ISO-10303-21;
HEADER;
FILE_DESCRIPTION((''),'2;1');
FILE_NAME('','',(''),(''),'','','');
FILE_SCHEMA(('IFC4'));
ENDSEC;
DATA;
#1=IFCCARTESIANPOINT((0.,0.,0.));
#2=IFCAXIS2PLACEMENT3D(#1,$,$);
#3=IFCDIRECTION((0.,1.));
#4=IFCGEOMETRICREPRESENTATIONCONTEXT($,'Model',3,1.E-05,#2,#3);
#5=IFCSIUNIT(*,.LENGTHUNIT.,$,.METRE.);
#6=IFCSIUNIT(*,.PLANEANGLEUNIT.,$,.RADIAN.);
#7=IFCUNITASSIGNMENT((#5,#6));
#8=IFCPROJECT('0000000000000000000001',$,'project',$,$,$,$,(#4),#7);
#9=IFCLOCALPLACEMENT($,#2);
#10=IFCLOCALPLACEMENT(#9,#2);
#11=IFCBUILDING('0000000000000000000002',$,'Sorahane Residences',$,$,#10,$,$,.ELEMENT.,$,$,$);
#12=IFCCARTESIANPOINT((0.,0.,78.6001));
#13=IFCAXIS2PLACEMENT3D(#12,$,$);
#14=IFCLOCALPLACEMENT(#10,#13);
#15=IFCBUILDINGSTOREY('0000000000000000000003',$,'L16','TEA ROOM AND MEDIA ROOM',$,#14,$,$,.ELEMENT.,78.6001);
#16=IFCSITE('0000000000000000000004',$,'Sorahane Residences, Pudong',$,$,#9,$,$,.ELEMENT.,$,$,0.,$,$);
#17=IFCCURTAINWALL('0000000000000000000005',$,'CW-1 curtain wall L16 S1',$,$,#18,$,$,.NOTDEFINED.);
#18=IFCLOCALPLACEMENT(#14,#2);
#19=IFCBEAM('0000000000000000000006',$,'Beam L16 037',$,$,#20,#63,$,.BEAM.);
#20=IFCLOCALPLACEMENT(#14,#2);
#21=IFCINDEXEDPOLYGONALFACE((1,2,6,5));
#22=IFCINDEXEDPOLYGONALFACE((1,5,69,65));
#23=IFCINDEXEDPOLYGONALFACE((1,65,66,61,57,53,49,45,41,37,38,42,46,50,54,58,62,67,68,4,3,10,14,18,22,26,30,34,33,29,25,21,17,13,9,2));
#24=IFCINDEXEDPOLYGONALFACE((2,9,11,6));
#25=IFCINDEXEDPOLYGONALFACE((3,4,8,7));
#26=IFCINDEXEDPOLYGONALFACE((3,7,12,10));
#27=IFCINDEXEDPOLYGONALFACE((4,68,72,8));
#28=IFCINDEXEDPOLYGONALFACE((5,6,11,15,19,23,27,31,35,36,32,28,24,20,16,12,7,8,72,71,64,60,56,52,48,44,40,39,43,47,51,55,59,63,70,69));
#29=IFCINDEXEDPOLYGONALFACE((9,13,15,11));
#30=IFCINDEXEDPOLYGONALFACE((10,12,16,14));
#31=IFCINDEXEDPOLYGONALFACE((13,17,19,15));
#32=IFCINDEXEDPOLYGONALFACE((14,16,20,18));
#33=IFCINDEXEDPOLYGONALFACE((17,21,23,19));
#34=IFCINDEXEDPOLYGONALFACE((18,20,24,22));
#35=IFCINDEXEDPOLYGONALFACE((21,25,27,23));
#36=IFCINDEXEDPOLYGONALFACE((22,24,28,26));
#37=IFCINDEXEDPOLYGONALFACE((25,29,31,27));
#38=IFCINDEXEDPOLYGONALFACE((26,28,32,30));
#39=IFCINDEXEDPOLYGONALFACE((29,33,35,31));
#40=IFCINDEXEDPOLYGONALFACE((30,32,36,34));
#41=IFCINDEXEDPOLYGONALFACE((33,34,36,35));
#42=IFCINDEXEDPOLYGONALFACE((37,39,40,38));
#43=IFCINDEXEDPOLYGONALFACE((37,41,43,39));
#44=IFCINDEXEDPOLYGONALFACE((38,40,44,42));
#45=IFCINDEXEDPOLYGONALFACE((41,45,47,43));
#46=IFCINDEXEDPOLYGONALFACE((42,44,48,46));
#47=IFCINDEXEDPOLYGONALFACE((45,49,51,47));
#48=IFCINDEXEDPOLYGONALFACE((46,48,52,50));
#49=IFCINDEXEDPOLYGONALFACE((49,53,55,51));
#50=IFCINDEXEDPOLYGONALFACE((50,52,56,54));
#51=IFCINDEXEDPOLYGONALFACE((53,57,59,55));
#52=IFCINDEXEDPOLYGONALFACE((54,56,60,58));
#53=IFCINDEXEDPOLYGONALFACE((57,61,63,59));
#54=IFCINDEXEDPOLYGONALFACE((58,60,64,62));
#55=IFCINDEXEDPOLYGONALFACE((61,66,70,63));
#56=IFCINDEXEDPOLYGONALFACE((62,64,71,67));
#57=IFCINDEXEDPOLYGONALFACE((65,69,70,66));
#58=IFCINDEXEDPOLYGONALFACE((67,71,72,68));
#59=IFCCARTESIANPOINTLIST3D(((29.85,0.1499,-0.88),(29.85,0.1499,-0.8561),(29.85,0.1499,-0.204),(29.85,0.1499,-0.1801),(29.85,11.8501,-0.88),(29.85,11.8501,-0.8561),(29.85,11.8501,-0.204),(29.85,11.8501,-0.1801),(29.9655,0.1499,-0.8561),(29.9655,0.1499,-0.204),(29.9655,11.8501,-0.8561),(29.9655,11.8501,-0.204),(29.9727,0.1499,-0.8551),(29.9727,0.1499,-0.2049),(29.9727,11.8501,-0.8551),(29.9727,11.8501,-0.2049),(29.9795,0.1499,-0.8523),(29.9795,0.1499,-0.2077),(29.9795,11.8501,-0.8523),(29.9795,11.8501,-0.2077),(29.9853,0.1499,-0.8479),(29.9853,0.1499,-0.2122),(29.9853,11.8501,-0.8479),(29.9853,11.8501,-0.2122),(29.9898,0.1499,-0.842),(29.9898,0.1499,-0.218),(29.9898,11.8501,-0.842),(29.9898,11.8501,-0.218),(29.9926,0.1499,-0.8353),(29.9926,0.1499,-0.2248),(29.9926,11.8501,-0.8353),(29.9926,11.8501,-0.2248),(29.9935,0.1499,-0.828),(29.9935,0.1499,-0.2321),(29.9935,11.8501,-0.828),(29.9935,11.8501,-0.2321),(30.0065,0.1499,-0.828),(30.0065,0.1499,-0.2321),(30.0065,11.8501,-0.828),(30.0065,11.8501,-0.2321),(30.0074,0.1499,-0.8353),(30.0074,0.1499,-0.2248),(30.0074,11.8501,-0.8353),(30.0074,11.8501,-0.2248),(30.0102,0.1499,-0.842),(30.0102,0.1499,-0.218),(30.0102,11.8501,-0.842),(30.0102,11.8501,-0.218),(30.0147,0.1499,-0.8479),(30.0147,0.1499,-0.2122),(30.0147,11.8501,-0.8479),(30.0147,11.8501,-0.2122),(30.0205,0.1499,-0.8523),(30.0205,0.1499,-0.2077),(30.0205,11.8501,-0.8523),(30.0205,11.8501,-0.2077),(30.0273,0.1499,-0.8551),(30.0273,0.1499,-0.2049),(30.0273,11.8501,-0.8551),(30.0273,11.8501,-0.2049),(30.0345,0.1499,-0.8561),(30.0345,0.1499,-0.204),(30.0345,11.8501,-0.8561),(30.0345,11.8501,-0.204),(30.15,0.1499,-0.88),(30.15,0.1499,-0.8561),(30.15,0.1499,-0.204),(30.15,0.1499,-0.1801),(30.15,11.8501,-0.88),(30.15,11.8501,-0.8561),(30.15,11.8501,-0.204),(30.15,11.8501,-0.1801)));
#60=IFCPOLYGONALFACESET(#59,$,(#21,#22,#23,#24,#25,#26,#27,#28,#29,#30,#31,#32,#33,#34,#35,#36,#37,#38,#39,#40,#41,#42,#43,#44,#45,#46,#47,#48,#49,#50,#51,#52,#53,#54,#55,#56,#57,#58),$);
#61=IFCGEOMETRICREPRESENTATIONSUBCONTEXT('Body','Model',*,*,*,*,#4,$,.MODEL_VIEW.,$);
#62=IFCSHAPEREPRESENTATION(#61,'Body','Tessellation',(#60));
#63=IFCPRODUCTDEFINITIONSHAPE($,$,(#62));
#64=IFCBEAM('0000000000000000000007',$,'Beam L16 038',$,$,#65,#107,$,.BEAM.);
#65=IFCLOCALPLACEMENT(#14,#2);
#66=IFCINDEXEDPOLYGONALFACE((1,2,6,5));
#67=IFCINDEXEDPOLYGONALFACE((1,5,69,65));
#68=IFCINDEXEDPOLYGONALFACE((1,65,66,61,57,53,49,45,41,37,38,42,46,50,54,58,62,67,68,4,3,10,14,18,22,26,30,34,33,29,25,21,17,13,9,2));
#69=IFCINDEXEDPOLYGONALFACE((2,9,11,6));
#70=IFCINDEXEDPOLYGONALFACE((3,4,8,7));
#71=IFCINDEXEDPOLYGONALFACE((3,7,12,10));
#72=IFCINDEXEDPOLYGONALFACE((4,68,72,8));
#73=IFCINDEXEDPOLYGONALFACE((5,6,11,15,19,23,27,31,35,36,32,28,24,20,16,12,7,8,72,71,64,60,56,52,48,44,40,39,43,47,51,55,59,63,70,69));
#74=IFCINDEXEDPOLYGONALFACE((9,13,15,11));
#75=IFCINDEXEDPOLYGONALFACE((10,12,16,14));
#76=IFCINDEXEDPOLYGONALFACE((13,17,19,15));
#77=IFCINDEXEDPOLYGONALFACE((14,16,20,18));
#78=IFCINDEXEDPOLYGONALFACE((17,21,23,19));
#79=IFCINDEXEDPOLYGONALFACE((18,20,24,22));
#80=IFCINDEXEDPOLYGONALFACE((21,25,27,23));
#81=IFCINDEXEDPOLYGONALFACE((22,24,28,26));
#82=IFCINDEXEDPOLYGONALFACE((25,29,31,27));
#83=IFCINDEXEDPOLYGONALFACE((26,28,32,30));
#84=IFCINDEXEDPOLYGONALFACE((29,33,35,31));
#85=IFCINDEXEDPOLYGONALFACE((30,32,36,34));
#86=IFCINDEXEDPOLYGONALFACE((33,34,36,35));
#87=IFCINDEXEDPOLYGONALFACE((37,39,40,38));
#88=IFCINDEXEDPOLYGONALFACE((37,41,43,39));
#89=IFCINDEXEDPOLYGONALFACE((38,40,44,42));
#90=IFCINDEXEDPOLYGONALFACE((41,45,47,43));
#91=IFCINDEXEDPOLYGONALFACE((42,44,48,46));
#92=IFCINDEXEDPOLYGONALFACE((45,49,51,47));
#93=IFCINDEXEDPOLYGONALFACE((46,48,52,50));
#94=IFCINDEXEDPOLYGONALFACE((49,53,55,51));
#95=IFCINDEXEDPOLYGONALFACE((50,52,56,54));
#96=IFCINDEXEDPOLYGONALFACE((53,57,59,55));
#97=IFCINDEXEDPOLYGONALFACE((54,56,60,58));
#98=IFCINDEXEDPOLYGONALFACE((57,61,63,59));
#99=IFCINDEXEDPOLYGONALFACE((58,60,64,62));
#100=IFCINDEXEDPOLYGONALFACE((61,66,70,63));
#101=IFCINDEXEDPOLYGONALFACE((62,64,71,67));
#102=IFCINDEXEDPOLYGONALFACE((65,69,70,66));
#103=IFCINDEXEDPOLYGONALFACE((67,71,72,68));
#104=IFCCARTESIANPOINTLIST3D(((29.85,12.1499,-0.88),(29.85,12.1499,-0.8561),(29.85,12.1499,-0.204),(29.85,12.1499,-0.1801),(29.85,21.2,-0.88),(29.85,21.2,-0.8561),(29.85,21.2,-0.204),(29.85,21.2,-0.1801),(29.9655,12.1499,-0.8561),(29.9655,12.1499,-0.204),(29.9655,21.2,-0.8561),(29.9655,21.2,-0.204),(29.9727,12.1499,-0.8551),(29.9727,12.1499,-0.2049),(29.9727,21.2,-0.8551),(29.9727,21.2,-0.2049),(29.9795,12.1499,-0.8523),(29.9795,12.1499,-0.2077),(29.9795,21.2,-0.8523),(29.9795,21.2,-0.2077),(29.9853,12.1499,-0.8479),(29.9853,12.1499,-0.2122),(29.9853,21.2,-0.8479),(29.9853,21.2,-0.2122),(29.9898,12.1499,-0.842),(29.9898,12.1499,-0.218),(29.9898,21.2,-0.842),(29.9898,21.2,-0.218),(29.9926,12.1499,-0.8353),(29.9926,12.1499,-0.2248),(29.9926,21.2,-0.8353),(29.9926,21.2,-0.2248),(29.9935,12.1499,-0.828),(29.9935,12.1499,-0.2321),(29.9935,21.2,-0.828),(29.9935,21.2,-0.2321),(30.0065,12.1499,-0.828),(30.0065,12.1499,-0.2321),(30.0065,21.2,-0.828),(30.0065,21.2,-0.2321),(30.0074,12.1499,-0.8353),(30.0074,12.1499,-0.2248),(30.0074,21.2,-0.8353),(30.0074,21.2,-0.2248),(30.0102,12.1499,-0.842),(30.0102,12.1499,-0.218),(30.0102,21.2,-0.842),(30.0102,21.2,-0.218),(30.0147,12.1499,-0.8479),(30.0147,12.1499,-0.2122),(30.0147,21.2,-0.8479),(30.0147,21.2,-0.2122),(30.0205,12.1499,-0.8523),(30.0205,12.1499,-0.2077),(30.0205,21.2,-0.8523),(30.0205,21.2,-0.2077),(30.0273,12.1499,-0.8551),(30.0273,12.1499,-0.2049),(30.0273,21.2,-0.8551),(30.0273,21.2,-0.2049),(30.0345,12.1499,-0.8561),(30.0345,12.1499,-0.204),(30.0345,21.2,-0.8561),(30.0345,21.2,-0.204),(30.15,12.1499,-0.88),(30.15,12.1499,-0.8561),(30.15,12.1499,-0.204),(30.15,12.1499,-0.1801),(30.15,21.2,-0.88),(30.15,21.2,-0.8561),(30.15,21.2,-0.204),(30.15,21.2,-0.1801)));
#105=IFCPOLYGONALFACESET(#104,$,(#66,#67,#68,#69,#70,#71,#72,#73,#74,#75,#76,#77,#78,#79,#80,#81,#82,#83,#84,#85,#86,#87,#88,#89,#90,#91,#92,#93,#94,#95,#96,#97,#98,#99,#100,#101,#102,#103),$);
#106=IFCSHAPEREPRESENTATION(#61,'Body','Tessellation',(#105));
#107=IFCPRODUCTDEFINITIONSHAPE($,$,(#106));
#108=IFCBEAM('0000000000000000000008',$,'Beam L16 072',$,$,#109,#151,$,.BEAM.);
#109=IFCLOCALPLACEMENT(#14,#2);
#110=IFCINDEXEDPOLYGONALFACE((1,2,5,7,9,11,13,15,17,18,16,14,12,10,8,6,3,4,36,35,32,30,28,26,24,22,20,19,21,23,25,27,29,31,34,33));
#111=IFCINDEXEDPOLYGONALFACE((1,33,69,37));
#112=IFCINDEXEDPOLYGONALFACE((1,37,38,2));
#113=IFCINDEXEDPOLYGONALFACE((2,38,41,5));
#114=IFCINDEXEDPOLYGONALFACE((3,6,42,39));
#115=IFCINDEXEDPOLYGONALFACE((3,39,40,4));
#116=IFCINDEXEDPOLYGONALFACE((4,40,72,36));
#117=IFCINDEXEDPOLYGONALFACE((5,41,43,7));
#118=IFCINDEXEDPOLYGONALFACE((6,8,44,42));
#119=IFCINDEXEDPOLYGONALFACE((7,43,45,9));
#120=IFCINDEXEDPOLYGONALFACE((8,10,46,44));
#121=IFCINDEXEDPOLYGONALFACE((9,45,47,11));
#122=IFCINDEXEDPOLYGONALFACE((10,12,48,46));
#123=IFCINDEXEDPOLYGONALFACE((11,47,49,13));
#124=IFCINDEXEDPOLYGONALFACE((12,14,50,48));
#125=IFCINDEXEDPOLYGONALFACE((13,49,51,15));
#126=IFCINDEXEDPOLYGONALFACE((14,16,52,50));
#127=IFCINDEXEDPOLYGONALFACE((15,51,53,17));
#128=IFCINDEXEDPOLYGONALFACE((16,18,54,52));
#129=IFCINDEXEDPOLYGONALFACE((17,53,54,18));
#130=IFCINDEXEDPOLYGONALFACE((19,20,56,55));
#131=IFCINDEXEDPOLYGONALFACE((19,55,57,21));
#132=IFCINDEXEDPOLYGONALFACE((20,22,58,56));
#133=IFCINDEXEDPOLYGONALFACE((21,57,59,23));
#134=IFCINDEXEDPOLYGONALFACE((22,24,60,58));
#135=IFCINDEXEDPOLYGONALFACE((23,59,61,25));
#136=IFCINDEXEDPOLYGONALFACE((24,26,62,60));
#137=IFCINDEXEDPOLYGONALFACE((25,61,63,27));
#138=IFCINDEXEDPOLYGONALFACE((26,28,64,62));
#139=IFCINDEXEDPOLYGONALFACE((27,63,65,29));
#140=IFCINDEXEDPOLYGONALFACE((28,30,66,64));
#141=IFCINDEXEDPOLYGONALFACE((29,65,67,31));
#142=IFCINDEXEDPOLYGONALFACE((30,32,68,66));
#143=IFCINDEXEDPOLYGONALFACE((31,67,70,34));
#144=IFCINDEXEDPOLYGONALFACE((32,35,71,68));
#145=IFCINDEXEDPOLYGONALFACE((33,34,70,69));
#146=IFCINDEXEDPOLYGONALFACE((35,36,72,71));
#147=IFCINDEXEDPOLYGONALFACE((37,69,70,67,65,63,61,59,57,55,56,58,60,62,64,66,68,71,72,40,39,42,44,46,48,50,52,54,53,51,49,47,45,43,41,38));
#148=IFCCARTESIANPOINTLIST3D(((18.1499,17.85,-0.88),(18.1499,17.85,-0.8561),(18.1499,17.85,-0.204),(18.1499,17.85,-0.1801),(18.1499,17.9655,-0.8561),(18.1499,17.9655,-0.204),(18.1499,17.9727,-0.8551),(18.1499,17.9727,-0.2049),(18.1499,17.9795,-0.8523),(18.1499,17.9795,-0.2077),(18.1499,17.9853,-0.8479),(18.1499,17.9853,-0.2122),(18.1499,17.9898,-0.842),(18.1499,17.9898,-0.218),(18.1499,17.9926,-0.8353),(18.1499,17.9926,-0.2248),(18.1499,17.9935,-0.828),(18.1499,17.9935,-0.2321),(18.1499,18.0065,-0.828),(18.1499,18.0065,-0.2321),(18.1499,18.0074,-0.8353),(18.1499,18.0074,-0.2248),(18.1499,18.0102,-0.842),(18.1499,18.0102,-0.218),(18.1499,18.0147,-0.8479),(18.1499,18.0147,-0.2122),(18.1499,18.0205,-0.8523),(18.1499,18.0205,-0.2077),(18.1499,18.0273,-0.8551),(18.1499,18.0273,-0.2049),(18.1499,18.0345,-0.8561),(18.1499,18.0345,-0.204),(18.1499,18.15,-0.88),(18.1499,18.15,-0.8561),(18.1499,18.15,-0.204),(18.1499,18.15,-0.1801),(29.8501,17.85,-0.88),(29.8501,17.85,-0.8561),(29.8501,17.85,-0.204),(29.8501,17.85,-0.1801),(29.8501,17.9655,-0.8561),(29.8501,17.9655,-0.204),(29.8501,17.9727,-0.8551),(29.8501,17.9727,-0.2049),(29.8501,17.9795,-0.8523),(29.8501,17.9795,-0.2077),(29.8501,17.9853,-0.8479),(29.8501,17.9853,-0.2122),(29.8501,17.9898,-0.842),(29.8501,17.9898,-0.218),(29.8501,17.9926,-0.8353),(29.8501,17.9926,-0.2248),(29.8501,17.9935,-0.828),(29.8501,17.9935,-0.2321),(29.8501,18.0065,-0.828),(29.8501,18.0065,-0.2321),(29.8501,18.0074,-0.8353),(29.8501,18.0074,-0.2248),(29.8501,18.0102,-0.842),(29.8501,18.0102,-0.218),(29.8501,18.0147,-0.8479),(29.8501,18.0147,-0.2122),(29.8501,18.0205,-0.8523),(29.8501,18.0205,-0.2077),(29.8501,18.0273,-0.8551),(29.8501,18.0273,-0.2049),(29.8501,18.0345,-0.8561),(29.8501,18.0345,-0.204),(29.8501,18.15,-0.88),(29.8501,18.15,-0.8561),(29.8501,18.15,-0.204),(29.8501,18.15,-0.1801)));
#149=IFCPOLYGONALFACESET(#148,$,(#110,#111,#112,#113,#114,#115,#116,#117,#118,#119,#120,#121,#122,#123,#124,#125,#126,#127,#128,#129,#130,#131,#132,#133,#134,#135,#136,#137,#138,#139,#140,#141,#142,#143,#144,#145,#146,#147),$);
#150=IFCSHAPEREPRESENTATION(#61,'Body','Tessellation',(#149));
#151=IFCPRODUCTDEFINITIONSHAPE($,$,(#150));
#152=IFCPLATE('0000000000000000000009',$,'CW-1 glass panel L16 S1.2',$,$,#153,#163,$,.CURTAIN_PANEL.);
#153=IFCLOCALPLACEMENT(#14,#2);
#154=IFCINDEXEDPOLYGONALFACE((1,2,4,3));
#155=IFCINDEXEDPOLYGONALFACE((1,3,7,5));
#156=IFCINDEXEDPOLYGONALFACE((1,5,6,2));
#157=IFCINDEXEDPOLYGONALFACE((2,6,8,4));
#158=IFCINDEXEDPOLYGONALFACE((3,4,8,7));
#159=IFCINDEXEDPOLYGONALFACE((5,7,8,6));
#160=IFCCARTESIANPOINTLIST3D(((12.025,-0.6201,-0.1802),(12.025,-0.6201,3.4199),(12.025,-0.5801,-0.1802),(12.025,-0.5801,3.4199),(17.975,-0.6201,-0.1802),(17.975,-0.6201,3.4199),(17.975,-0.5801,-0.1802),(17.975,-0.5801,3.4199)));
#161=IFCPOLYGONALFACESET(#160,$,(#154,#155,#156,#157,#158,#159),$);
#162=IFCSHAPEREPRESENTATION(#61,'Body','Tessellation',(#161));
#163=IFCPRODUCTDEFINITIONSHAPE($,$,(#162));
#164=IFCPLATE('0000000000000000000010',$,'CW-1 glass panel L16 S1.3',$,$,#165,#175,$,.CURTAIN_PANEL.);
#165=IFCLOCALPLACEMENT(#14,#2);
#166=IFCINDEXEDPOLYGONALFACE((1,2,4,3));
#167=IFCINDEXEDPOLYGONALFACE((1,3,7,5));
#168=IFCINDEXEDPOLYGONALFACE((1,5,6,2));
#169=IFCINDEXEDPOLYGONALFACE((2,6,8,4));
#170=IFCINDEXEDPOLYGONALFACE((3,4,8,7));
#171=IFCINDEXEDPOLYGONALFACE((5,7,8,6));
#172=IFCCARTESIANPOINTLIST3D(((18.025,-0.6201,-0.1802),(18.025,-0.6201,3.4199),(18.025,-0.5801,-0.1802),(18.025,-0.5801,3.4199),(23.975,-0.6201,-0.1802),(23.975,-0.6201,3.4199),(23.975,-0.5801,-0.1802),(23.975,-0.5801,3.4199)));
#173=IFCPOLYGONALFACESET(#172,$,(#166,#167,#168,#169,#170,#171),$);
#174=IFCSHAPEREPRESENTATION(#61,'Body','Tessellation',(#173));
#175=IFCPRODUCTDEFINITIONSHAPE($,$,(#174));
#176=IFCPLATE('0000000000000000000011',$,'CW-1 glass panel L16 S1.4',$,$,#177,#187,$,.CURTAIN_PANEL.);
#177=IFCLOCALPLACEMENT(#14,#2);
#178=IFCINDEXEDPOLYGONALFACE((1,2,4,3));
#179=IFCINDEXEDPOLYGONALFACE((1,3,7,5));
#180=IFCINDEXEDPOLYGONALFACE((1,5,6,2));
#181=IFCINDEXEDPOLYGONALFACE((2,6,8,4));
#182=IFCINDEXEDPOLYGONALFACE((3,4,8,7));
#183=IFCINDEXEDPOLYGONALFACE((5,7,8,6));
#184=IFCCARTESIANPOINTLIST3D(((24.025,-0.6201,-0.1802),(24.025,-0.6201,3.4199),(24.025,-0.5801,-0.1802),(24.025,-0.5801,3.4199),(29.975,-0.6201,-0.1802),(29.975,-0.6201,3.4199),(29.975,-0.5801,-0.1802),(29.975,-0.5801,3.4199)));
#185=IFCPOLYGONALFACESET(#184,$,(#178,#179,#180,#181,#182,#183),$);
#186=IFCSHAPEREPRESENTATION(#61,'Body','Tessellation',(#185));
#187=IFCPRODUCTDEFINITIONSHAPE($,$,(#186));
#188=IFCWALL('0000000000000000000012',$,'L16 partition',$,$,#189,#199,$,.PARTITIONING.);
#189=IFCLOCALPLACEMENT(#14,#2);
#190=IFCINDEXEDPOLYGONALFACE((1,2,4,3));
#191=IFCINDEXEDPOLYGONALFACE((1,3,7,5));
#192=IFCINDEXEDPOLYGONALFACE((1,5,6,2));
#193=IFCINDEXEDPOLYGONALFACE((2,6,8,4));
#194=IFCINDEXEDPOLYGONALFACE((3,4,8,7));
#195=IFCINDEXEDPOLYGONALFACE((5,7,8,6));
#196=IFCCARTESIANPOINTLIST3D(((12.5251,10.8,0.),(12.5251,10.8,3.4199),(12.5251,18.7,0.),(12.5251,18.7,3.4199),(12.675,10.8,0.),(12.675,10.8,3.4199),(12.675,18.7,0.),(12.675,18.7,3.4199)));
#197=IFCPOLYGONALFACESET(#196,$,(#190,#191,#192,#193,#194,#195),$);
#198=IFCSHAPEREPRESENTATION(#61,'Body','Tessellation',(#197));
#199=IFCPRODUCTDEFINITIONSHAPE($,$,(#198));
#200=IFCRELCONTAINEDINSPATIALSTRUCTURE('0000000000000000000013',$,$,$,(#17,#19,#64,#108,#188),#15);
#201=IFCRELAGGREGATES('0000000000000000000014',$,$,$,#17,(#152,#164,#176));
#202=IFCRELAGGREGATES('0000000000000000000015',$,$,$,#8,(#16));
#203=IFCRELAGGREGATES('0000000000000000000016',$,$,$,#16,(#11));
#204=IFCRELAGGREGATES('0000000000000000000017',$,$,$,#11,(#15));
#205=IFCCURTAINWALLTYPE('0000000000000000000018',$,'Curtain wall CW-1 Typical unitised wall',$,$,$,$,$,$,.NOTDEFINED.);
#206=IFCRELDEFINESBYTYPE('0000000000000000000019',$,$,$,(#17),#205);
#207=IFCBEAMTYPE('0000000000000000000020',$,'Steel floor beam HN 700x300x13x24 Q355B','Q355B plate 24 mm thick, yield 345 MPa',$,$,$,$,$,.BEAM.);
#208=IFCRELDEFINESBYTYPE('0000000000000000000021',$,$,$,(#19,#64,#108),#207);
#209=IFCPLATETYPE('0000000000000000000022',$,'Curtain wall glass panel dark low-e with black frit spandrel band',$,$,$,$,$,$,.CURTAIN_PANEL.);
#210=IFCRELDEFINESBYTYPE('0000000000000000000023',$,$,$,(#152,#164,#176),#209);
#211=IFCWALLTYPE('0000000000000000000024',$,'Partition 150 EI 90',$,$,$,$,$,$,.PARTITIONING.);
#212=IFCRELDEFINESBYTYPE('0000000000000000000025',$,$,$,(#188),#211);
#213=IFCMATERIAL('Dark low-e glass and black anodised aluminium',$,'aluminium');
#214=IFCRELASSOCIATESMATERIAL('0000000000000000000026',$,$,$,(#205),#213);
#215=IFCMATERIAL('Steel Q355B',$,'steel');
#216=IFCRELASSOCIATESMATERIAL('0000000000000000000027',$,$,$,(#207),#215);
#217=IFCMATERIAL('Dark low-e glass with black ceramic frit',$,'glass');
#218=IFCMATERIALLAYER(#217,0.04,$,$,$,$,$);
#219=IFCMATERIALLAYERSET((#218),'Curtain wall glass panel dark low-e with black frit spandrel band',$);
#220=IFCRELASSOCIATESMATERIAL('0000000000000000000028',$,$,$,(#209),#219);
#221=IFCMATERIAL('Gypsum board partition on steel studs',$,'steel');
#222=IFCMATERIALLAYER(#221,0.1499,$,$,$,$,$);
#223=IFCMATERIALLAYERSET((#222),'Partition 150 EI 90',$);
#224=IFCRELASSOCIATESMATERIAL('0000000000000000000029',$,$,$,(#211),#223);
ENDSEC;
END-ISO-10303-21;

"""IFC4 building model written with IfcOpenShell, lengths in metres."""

from ifc_helpers import new_model, si_unit, direction, frame, frame_2d, origin, origin_2d, place, context, subcontext, project, spatial, rectangle, i_section, extrude, material, layer, layer_set, material_profile, profile_set, type_object, element, aggregate, save


model = new_model("IFC4")

# Units and contexts
model_context = context("Model", 3, precision=1e-05, world=origin(), true_north=direction((0.0, 1.0)))
body_context = subcontext(model_context, "Body", "Model", "MODEL_VIEW")
ifc_project = project(units=[si_unit("LENGTHUNIT", "METRE"), si_unit("PLANEANGLEUNIT", "RADIAN")], contexts=[model_context])

# Site, building, storey
site_placement = place(None, origin())
site = spatial("IfcSite", under=ifc_project, at=site_placement, Name="Sorahane Residences, Pudong", CompositionType="ELEMENT", RefElevation=0.0)
building_placement = place(site_placement, origin())
building = spatial("IfcBuilding", under=site, at=building_placement, Name="Sorahane Residences", CompositionType="ELEMENT")
storey_placement = place(building_placement, frame((0.0, 0.0, 78.6001)))
storey = spatial("IfcBuildingStorey", under=building, at=storey_placement, Name="L16", Description="TEA ROOM AND MEDIA ROOM", CompositionType="ELEMENT", Elevation=78.6001)

# Curtain wall
ifc_material_1 = material(Name="Dark low-e glass and black anodised aluminium", Category="aluminium")
curtain_wall_type = type_object("IfcCurtainWallType", Name="Curtain wall CW-1 Typical unitised wall", PredefinedType="NOTDEFINED", material=ifc_material_1)
curtain_wall_placement = place(storey_placement, origin())
curtain_wall = element("IfcCurtainWall", 1, at=curtain_wall_placement, inside=storey, type_object=curtain_wall_type, Name="CW-1 curtain wall L16 S1", PredefinedType="NOTDEFINED")

# Beams
ifc_material_2 = material(Name="Steel Q355B", Category="steel")
ifc_material_profile_1 = material_profile(ifc_material_2, i_section(OverallWidth=0.3, OverallDepth=0.7, WebThickness=0.0129, FlangeThickness=0.0239, FilletRadius=0.0281, at=origin_2d()), Name="HN 700x300x13x24")
ifc_profile_set_1 = profile_set([ifc_material_profile_1], Name="Steel Q355B")
beam_type_1 = type_object("IfcBeamType", Name="Steel floor beam HN 700x300x13x24 Q355B", Description="Q355B plate 24 mm thick, yield 345 MPa", PredefinedType="BEAM", material=ifc_profile_set_1)
beam_1_placement = place(storey_placement, frame((30.0, 0.1499, -0.53), z_axis=(0.0, 1.0, 0.0), x_axis=(-1.0, 0.0, 0.0)))
element("IfcBeam", 2, at=beam_1_placement, inside=storey, type_object=beam_type_1, Name="Beam L16 037", PredefinedType="BEAM", context=body_context, shape_type="SweptSolid", body=[
    extrude(i_section(OverallWidth=0.3, OverallDepth=0.7, WebThickness=0.0129, FlangeThickness=0.0239, FilletRadius=0.0281, at=origin_2d()), origin(), (0.0, 0.0, 1.0), 11.7002),
])
beam_2_placement = place(storey_placement, frame((30.0, 12.1499, -0.53), z_axis=(0.0, 1.0, 0.0), x_axis=(-1.0, 0.0, 0.0)))
element("IfcBeam", 3, at=beam_2_placement, inside=storey, type_object=beam_type_1, Name="Beam L16 038", PredefinedType="BEAM", context=body_context, shape_type="SweptSolid", body=[
    extrude(i_section(OverallWidth=0.3, OverallDepth=0.7, WebThickness=0.0129, FlangeThickness=0.0239, FilletRadius=0.0281, at=origin_2d()), origin(), (0.0, 0.0, 1.0), 9.05),
])
beam_3_placement = place(storey_placement, frame((18.1499, 18.0, -0.53), z_axis=(1.0, 0.0, 0.0), x_axis=(0.0, 1.0, 0.0)))
element("IfcBeam", 4, at=beam_3_placement, inside=storey, type_object=beam_type_1, Name="Beam L16 072", PredefinedType="BEAM", context=body_context, shape_type="SweptSolid", body=[
    extrude(i_section(OverallWidth=0.3, OverallDepth=0.7, WebThickness=0.0129, FlangeThickness=0.0239, FilletRadius=0.0281, at=origin_2d()), origin(), (0.0, 0.0, 1.0), 11.7002),
])

# Plates
ifc_material_3 = material(Name="Dark low-e glass with black ceramic frit", Category="glass")
ifc_layer_1 = layer(ifc_material_3, 0.04)
ifc_layer_set_1 = layer_set([ifc_layer_1], Name="Curtain wall glass panel dark low-e with black frit spandrel band")
plate_type = type_object("IfcPlateType", Name="Curtain wall glass panel dark low-e with black frit spandrel band", PredefinedType="CURTAIN_PANEL", material=ifc_layer_set_1)
plate_1_placement = place(storey_placement, frame((15.0, -0.6001, -0.1802), z_axis=(0.0, 0.0, 1.0), x_axis=(1.0, 0.0, 0.0)))
plate_1 = element("IfcPlate", 5, at=plate_1_placement, type_object=plate_type, Name="CW-1 glass panel L16 S1.2", PredefinedType="CURTAIN_PANEL", context=body_context, shape_type="SweptSolid", body=[
    extrude(rectangle(XDim=5.95, YDim=0.04, at=origin_2d()), origin(), (0.0, 0.0, 1.0), 3.6001),
])
plate_2_placement = place(storey_placement, frame((21.0, -0.6001, -0.1802), z_axis=(0.0, 0.0, 1.0), x_axis=(1.0, 0.0, 0.0)))
plate_2 = element("IfcPlate", 6, at=plate_2_placement, type_object=plate_type, Name="CW-1 glass panel L16 S1.3", PredefinedType="CURTAIN_PANEL", context=body_context, shape_type="SweptSolid", body=[
    extrude(rectangle(XDim=5.95, YDim=0.04, at=origin_2d()), origin(), (0.0, 0.0, 1.0), 3.6001),
])
plate_3_placement = place(storey_placement, frame((27.0, -0.6001, -0.1802), z_axis=(0.0, 0.0, 1.0), x_axis=(1.0, 0.0, 0.0)))
plate_3 = element("IfcPlate", 7, at=plate_3_placement, type_object=plate_type, Name="CW-1 glass panel L16 S1.4", PredefinedType="CURTAIN_PANEL", context=body_context, shape_type="SweptSolid", body=[
    extrude(rectangle(XDim=5.95, YDim=0.04, at=origin_2d()), origin(), (0.0, 0.0, 1.0), 3.6001),
])
aggregate(curtain_wall, [plate_1, plate_2, plate_3])

# Wall
ifc_material_4 = material(Name="Gypsum board partition on steel studs", Category="steel")
ifc_layer_2 = layer(ifc_material_4, 0.1499)
ifc_layer_set_2 = layer_set([ifc_layer_2], Name="Partition 150 EI 90")
wall_type = type_object("IfcWallType", Name="Partition 150 EI 90", PredefinedType="PARTITIONING", material=ifc_layer_set_2)
for number, where, z_axis, x_axis, name in (
    (8, (12.6001, 10.8, 0.0), (0.0, 0.0, 1.0), (0.0, 1.0, 0.0), "L16 partition"),
):
    element("IfcWall", number, at=place(storey_placement, frame(where, z_axis=z_axis, x_axis=x_axis)), inside=storey, type_object=wall_type, Name=name, PredefinedType="PARTITIONING", context=body_context, shape_type="SweptSolid", body=[
        extrude(rectangle(XDim=7.8999, YDim=0.1499, at=frame_2d((3.95, 0.0))), origin(), (0.0, 0.0, 1.0), 3.4199),
    ])

save(model, "model.ifc")
